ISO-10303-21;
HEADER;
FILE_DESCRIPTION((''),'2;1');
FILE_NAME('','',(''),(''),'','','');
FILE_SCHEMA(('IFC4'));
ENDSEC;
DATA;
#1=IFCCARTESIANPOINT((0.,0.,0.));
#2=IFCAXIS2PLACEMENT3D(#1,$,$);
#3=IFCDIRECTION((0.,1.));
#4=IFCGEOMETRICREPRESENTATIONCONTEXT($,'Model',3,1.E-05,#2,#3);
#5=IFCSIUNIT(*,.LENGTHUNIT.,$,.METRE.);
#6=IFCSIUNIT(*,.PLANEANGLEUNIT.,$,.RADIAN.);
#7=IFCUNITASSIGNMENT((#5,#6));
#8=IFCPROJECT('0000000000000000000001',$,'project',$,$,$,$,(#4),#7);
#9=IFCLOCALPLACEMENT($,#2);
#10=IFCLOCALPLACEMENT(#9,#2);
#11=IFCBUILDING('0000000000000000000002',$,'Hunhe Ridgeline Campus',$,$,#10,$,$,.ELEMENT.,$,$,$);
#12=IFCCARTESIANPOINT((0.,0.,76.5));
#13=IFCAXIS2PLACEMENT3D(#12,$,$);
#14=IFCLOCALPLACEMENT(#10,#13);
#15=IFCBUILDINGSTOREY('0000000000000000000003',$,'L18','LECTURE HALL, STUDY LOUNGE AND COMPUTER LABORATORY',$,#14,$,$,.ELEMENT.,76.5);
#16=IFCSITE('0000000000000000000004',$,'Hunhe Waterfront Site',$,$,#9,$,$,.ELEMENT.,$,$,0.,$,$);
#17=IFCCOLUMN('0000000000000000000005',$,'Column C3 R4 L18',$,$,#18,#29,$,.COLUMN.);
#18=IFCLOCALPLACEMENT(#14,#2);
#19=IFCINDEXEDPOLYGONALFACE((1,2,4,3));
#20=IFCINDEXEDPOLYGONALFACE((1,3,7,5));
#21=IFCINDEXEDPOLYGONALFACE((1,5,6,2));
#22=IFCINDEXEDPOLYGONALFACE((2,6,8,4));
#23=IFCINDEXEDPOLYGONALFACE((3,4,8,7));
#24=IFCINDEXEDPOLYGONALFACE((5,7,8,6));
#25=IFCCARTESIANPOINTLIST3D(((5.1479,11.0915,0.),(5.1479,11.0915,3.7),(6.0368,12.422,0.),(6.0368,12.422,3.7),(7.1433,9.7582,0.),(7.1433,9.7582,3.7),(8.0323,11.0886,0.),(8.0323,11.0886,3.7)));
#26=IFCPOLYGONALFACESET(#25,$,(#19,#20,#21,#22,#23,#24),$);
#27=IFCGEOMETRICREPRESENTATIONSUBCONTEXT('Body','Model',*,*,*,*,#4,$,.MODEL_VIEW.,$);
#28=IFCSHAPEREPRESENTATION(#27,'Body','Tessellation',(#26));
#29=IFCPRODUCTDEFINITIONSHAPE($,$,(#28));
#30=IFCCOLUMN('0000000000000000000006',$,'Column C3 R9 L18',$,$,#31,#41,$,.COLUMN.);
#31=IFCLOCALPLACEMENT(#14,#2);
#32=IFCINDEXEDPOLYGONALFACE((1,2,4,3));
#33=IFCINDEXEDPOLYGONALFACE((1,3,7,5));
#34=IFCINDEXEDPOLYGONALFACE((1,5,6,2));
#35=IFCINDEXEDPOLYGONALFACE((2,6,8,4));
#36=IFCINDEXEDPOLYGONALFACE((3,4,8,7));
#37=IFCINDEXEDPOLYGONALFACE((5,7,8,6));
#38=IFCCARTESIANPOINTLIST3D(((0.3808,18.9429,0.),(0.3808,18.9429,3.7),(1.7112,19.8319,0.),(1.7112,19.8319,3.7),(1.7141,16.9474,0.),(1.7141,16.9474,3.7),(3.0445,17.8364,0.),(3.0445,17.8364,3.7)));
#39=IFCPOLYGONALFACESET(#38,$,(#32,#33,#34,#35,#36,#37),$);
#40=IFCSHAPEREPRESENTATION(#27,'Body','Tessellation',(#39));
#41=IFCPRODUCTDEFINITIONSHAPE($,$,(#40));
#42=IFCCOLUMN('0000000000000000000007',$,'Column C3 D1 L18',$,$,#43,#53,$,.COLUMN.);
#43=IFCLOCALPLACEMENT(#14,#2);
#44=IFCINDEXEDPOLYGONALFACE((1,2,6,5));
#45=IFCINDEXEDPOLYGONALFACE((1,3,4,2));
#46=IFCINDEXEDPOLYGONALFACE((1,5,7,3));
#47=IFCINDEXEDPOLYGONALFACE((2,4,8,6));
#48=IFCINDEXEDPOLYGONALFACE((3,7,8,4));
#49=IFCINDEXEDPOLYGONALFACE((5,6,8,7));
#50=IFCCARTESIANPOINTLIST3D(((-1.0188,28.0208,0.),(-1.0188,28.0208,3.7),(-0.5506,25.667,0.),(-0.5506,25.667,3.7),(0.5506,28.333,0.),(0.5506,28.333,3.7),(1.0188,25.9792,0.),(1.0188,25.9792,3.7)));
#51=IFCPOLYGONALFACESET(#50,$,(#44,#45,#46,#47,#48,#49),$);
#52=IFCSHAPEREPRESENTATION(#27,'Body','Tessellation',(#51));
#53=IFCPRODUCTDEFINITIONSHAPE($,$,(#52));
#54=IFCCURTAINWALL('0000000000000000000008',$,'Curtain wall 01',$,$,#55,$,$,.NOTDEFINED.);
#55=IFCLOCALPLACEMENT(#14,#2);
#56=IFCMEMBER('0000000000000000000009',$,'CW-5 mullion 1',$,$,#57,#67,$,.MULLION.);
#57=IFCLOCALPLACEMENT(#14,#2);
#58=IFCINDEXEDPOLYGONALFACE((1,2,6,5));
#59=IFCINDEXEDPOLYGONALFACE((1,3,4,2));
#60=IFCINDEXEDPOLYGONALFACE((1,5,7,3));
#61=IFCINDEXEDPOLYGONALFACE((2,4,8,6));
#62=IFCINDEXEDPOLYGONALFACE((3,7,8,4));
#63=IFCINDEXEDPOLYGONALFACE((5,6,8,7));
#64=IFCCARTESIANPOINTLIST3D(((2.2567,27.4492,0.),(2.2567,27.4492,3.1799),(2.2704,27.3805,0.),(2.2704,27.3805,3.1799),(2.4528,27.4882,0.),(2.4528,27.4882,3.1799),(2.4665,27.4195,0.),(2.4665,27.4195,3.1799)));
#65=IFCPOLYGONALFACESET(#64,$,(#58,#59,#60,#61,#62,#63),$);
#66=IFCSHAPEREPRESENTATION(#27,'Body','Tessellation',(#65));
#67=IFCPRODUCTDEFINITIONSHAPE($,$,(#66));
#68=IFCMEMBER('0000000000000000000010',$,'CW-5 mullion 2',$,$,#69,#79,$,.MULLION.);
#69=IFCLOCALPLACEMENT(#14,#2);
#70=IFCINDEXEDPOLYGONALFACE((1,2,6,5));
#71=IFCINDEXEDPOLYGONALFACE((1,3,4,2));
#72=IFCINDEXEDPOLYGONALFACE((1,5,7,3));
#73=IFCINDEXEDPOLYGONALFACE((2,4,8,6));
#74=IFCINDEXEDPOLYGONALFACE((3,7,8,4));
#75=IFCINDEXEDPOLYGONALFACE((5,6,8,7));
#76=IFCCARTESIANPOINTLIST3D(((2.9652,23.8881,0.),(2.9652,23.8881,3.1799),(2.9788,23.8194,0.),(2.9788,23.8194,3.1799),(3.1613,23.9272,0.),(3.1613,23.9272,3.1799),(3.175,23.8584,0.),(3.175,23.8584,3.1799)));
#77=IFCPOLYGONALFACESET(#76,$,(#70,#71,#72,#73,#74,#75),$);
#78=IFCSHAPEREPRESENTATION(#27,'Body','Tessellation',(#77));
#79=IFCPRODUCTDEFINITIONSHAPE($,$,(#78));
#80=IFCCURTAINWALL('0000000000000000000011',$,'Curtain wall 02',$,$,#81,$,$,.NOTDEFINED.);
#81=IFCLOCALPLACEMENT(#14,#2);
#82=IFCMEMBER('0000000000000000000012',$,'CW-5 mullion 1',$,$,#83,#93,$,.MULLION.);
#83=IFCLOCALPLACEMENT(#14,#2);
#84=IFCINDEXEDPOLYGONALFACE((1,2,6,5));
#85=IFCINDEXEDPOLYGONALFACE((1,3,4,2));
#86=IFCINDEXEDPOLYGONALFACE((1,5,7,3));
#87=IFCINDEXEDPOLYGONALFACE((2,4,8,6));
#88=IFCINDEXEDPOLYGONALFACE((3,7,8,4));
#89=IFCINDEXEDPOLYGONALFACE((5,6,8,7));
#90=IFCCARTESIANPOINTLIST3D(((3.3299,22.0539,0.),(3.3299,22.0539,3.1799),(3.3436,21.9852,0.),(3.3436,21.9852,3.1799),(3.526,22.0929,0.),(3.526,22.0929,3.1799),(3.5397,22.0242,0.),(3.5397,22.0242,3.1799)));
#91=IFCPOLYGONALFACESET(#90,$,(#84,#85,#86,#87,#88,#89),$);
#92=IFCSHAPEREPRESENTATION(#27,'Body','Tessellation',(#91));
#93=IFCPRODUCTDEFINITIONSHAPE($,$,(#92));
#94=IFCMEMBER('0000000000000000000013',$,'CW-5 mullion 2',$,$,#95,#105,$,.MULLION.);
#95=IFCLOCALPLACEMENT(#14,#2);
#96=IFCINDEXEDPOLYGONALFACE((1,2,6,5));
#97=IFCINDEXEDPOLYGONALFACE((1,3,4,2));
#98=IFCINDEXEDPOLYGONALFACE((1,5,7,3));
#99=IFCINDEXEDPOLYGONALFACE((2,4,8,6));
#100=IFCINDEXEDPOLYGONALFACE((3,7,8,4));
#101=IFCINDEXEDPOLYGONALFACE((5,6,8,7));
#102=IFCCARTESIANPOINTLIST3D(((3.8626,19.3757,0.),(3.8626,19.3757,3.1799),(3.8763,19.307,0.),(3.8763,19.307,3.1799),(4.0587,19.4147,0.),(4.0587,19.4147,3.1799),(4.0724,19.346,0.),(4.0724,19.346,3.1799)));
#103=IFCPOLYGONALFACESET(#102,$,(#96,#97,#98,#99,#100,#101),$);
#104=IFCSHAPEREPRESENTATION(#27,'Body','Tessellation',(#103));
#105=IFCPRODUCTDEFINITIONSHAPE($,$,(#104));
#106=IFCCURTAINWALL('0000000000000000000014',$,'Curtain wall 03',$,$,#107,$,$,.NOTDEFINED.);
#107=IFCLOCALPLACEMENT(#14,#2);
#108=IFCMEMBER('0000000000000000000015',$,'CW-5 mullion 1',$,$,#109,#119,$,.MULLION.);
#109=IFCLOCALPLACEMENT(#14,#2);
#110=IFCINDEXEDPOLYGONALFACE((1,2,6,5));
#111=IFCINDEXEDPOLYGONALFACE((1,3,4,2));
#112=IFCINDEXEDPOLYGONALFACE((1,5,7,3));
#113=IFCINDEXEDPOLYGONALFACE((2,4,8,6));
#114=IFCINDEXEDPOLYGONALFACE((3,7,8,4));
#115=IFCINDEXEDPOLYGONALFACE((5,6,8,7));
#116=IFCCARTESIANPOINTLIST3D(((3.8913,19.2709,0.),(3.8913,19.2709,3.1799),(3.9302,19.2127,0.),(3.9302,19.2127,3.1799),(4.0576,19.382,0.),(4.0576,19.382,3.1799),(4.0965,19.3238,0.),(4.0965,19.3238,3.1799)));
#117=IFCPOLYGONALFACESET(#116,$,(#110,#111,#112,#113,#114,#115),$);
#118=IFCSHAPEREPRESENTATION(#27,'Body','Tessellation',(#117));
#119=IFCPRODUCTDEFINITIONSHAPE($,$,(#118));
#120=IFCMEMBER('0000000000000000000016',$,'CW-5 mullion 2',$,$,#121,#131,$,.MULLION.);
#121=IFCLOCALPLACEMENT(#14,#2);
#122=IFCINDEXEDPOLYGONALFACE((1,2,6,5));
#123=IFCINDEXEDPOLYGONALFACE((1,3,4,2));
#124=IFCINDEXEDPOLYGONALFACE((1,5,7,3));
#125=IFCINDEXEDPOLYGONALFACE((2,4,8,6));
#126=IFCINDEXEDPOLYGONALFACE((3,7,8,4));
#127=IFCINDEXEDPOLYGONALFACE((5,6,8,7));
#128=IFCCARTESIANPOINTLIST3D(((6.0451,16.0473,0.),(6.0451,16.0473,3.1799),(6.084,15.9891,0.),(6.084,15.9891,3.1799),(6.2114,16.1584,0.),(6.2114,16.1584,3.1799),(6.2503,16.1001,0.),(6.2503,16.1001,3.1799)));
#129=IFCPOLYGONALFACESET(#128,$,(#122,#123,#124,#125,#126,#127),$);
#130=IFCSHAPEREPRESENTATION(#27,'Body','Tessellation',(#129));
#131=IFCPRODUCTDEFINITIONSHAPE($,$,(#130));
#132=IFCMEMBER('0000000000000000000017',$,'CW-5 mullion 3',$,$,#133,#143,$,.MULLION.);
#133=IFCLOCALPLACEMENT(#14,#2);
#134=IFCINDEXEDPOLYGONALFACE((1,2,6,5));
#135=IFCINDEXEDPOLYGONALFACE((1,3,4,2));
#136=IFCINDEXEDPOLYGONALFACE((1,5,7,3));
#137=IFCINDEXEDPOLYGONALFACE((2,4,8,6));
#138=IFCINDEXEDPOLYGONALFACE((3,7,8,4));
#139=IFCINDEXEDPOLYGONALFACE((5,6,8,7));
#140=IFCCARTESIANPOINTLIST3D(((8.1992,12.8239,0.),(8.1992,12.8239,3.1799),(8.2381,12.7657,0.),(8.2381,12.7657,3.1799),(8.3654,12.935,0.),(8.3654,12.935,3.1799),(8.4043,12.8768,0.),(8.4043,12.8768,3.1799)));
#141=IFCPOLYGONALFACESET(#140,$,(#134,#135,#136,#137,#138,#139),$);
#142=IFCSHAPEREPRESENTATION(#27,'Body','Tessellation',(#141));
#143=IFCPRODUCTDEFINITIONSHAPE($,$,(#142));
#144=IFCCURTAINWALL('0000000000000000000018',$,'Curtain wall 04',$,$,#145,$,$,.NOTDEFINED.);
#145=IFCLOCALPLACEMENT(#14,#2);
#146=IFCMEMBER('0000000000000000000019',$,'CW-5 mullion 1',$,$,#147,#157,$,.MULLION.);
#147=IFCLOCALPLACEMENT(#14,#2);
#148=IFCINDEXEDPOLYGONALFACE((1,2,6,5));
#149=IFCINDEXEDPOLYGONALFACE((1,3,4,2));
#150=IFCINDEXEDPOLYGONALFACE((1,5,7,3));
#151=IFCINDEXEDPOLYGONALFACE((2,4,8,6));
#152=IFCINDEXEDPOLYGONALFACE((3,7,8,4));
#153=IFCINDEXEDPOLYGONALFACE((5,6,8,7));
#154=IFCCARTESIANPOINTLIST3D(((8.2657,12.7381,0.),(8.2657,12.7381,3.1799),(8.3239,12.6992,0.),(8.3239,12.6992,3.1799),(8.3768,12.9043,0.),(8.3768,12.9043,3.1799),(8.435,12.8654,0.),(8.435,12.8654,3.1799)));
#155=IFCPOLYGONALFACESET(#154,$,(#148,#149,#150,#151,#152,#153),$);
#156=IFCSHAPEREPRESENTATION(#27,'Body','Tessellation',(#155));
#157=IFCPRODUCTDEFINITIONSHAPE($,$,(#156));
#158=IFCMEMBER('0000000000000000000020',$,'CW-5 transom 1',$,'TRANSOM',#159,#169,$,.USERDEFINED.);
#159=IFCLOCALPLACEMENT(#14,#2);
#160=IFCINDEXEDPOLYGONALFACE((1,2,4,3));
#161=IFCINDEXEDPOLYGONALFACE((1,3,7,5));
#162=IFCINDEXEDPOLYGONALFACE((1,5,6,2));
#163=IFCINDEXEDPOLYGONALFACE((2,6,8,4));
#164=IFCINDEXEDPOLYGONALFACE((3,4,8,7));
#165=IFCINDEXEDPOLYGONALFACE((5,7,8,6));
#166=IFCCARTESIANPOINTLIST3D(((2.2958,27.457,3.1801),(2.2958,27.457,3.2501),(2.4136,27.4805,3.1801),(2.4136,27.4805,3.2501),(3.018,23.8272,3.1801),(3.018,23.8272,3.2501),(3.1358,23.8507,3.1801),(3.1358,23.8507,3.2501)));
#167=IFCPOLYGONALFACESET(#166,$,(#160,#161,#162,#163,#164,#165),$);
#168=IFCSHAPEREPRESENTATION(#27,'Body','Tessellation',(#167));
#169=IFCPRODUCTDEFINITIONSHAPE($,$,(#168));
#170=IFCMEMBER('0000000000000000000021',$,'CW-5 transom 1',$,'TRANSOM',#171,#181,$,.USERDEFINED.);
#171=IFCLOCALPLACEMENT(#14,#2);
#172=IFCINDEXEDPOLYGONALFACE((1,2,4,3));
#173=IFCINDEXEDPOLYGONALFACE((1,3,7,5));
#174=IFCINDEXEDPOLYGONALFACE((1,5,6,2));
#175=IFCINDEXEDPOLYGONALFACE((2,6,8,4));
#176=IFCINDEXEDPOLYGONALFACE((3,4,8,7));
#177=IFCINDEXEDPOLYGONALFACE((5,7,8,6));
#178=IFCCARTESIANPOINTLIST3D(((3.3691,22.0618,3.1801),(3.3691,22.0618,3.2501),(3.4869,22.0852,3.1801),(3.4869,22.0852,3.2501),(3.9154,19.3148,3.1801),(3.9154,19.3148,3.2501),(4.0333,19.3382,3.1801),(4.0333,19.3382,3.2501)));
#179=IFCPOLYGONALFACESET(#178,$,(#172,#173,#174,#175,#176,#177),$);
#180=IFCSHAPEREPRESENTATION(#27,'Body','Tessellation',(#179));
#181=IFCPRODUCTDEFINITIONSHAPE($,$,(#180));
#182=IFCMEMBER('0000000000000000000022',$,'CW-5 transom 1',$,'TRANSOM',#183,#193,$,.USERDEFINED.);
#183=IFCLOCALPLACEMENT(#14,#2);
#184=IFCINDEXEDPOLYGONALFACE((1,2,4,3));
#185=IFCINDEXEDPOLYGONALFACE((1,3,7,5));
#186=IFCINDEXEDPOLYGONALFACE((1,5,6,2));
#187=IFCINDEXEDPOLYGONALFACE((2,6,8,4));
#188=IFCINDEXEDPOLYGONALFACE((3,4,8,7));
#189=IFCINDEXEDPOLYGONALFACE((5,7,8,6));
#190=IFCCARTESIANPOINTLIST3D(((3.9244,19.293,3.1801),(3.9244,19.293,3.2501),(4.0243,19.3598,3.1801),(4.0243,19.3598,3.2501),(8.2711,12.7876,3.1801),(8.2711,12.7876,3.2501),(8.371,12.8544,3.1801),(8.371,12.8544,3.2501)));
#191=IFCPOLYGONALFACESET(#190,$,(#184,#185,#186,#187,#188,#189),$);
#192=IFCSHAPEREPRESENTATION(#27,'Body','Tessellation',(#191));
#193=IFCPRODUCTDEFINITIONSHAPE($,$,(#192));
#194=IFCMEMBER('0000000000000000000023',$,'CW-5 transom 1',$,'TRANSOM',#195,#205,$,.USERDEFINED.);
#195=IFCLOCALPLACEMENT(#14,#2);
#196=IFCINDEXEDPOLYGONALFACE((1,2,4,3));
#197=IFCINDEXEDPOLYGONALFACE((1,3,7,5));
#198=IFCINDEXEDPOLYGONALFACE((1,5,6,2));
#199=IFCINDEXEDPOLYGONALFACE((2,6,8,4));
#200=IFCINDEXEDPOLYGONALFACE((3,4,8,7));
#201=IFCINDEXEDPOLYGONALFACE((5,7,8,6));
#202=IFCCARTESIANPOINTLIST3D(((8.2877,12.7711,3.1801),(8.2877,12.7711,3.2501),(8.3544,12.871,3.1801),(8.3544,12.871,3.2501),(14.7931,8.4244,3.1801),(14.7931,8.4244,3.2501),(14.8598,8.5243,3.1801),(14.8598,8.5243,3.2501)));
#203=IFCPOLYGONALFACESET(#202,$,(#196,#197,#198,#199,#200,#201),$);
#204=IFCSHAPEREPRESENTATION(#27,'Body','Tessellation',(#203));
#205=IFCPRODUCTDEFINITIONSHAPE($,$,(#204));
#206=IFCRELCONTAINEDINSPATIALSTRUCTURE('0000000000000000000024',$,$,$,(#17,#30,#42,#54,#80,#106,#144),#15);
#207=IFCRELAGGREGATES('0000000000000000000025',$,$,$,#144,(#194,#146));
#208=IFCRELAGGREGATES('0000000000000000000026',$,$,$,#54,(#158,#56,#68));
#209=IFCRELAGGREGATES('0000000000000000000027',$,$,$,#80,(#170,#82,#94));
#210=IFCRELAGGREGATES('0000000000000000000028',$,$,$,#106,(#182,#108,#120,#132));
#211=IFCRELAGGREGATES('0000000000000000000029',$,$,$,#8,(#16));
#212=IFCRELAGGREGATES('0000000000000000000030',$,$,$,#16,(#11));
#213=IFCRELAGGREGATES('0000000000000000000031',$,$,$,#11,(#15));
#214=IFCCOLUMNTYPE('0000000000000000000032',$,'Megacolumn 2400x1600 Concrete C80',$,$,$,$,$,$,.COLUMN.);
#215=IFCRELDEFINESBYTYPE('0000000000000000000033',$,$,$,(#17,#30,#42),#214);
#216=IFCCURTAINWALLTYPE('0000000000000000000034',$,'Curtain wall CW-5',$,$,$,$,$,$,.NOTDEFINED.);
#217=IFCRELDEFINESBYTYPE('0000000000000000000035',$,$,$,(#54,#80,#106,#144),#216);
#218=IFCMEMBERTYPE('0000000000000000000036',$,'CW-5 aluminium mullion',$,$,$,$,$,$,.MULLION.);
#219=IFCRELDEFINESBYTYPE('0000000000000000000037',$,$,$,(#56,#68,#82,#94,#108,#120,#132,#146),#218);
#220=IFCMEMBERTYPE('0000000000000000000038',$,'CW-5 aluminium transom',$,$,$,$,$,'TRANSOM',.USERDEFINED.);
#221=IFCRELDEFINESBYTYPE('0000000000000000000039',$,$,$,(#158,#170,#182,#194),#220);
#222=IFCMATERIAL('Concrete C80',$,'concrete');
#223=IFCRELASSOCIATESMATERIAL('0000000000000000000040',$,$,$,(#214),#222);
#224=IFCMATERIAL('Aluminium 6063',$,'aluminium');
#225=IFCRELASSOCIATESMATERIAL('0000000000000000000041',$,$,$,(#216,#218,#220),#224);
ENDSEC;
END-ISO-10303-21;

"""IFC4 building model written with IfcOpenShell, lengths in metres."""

from ifc_helpers import new_model, si_unit, direction, frame, origin, origin_2d, place, context, subcontext, project, spatial, rectangle, extrude, material, material_profile, profile_set, type_object, element, aggregate, save


model = new_model("IFC4")

# Units and contexts
model_context = context("Model", 3, precision=1e-05, world=origin(), true_north=direction((0.0, 1.0)))
body_context = subcontext(model_context, "Body", "Model", "MODEL_VIEW")
ifc_project = project(units=[si_unit("LENGTHUNIT", "METRE"), si_unit("PLANEANGLEUNIT", "RADIAN")], contexts=[model_context])

# Site, building, storey
site_placement = place(None, origin())
site = spatial("IfcSite", under=ifc_project, at=site_placement, Name="Hunhe Waterfront Site", CompositionType="ELEMENT", RefElevation=0.0)
building_placement = place(site_placement, origin())
building = spatial("IfcBuilding", under=site, at=building_placement, Name="Hunhe Ridgeline Campus", CompositionType="ELEMENT")
storey_placement = place(building_placement, frame((0.0, 0.0, 76.5)))
storey = spatial("IfcBuildingStorey", under=building, at=storey_placement, Name="L18", Description="LECTURE HALL, STUDY LOUNGE AND COMPUTER LABORATORY", CompositionType="ELEMENT", Elevation=76.5)

# Columns
ifc_material_1 = material(Name="Concrete C80", Category="concrete")
ifc_material_profile_1 = material_profile(ifc_material_1, rectangle(XDim=2.3999, YDim=1.6001, at=origin_2d()))
ifc_profile_set_1 = profile_set([ifc_material_profile_1], Name="Concrete C80")
column_type = type_object("IfcColumnType", Name="Megacolumn 2400x1600 Concrete C80", PredefinedType="COLUMN", material=ifc_profile_set_1)
for number, where, z_axis, x_axis, name in (
    (1, (6.5901, 11.0901, 0.0), (0.0, 0.0, 1.0), (-0.83147, 0.55557, 0.0), "Column C3 R4 L18"),
    (2, (1.7126, 18.3896, 0.0), (0.0, 0.0, 1.0), (-0.55557, 0.83147, 0.0), "Column C3 R9 L18"),
    (3, (0.0, 27.0, 0.0), (0.0, 0.0, 1.0), (-0.19509, 0.980785, 0.0), "Column C3 D1 L18"),
):
    element("IfcColumn", number, at=place(storey_placement, frame(where, z_axis=z_axis, x_axis=x_axis)), inside=storey, type_object=column_type, Name=name, PredefinedType="COLUMN", context=body_context, shape_type="SweptSolid", body=[
        extrude(rectangle(XDim=2.3999, YDim=1.6001, at=origin_2d()), origin(), (0.0, 0.0, 1.0), 3.7),
    ])

# Curtain walls, members
ifc_material_2 = material(Name="Aluminium 6063", Category="aluminium")
curtain_wall_type = type_object("IfcCurtainWallType", Name="Curtain wall CW-5", PredefinedType="NOTDEFINED", material=ifc_material_2)
curtain_wall_1_placement = place(storey_placement, origin())
curtain_wall_1 = element("IfcCurtainWall", 4, at=curtain_wall_1_placement, inside=storey, type_object=curtain_wall_type, Name="Curtain wall 01", PredefinedType="NOTDEFINED")
ifc_material_profile_2 = material_profile(ifc_material_2, rectangle(XDim=0.2, YDim=0.0701, at=origin_2d()))
ifc_profile_set_2 = profile_set([ifc_material_profile_2], Name="Aluminium 6063")
member_type_1 = type_object("IfcMemberType", Name="CW-5 aluminium mullion", PredefinedType="MULLION", material=ifc_profile_set_2)
member_1_placement = place(storey_placement, frame((2.3616, 27.4343, 0.0), z_axis=(0.0, 0.0, 1.0), x_axis=(0.980784, 0.195095, 0.0)))
member_1 = element("IfcMember", 5, at=member_1_placement, type_object=member_type_1, Name="CW-5 mullion 1", PredefinedType="MULLION", context=body_context, shape_type="SweptSolid", body=[
    extrude(rectangle(XDim=0.2, YDim=0.0701, at=origin_2d()), origin(), (0.0, 0.0, 1.0), 3.1799),
])
member_2_placement = place(storey_placement, frame((3.0701, 23.8733, 0.0), z_axis=(0.0, 0.0, 1.0), x_axis=(0.980784, 0.195095, 0.0)))
member_2 = element("IfcMember", 6, at=member_2_placement, type_object=member_type_1, Name="CW-5 mullion 2", PredefinedType="MULLION", context=body_context, shape_type="SweptSolid", body=[
    extrude(rectangle(XDim=0.2, YDim=0.0701, at=origin_2d()), origin(), (0.0, 0.0, 1.0), 3.1799),
])
curtain_wall_2_placement = place(storey_placement, origin())
curtain_wall_2 = element("IfcCurtainWall", 7, at=curtain_wall_2_placement, inside=storey, type_object=curtain_wall_type, Name="Curtain wall 02", PredefinedType="NOTDEFINED")
member_3_placement = place(storey_placement, frame((3.4348, 22.0391, 0.0), z_axis=(0.0, 0.0, 1.0), x_axis=(0.980784, 0.195095, 0.0)))
member_3 = element("IfcMember", 8, at=member_3_placement, type_object=member_type_1, Name="CW-5 mullion 1", PredefinedType="MULLION", context=body_context, shape_type="SweptSolid", body=[
    extrude(rectangle(XDim=0.2, YDim=0.0701, at=origin_2d()), origin(), (0.0, 0.0, 1.0), 3.1799),
])
member_4_placement = place(storey_placement, frame((3.9675, 19.3608, 0.0), z_axis=(0.0, 0.0, 1.0), x_axis=(0.980784, 0.195095, 0.0)))
member_4 = element("IfcMember", 9, at=member_4_placement, type_object=member_type_1, Name="CW-5 mullion 2", PredefinedType="MULLION", context=body_context, shape_type="SweptSolid", body=[
    extrude(rectangle(XDim=0.2, YDim=0.0701, at=origin_2d()), origin(), (0.0, 0.0, 1.0), 3.1799),
])
curtain_wall_3_placement = place(storey_placement, origin())
curtain_wall_3 = element("IfcCurtainWall", 10, at=curtain_wall_3_placement, inside=storey, type_object=curtain_wall_type, Name="Curtain wall 03", PredefinedType="NOTDEFINED")
member_5_placement = place(storey_placement, frame((3.9939, 19.2974, 0.0), z_axis=(0.0, 0.0, 1.0), x_axis=(0.83147, 0.55557, 0.0)))
member_5 = element("IfcMember", 11, at=member_5_placement, type_object=member_type_1, Name="CW-5 mullion 1", PredefinedType="MULLION", context=body_context, shape_type="SweptSolid", body=[
    extrude(rectangle(XDim=0.2, YDim=0.0701, at=origin_2d()), origin(), (0.0, 0.0, 1.0), 3.1799),
])
member_6_placement = place(storey_placement, frame((6.1477, 16.0737, 0.0), z_axis=(0.0, 0.0, 1.0), x_axis=(0.83147, 0.55557, 0.0)))
member_6 = element("IfcMember", 12, at=member_6_placement, type_object=member_type_1, Name="CW-5 mullion 2", PredefinedType="MULLION", context=body_context, shape_type="SweptSolid", body=[
    extrude(rectangle(XDim=0.2, YDim=0.0701, at=origin_2d()), origin(), (0.0, 0.0, 1.0), 3.1799),
])
member_7_placement = place(storey_placement, frame((8.3018, 12.8503, 0.0), z_axis=(0.0, 0.0, 1.0), x_axis=(0.83147, 0.55557, 0.0)))
member_7 = element("IfcMember", 13, at=member_7_placement, type_object=member_type_1, Name="CW-5 mullion 3", PredefinedType="MULLION", context=body_context, shape_type="SweptSolid", body=[
    extrude(rectangle(XDim=0.2, YDim=0.0701, at=origin_2d()), origin(), (0.0, 0.0, 1.0), 3.1799),
])

# Curtain wall, member
curtain_wall_4_placement = place(storey_placement, origin())
curtain_wall_4 = element("IfcCurtainWall", 14, at=curtain_wall_4_placement, inside=storey, type_object=curtain_wall_type, Name="Curtain wall 04", PredefinedType="NOTDEFINED")
member_8_placement = place(storey_placement, frame((8.3503, 12.8018, 0.0), z_axis=(0.0, 0.0, 1.0), x_axis=(0.55557, 0.83147, 0.0)))
member_8 = element("IfcMember", 15, at=member_8_placement, type_object=member_type_1, Name="CW-5 mullion 1", PredefinedType="MULLION", context=body_context, shape_type="SweptSolid", body=[
    extrude(rectangle(XDim=0.2, YDim=0.0701, at=origin_2d()), origin(), (0.0, 0.0, 1.0), 3.1799),
])

# Members
ifc_material_profile_3 = material_profile(ifc_material_2, rectangle(XDim=0.1201, YDim=0.0701, at=origin_2d()))
ifc_profile_set_3 = profile_set([ifc_material_profile_3], Name="Aluminium 6063")
member_type_2 = type_object("IfcMemberType", Name="CW-5 aluminium transom", ElementType="TRANSOM", PredefinedType="USERDEFINED", material=ifc_profile_set_3)
member_9_placement = place(storey_placement, frame((2.3547, 27.4688, 3.2151), z_axis=(0.195127, -0.980778, 0.0), x_axis=(0.980778, 0.195127, 0.0)))
member_9 = element("IfcMember", 16, at=member_9_placement, type_object=member_type_2, Name="CW-5 transom 1", ObjectType="TRANSOM", PredefinedType="USERDEFINED", context=body_context, shape_type="SweptSolid", body=[
    extrude(rectangle(XDim=0.1201, YDim=0.0701, at=origin_2d()), origin(), (0.0, 0.0, 1.0), 3.7009),
])
member_10_placement = place(storey_placement, frame((3.428, 22.0735, 3.2151), z_axis=(0.195077, -0.980788, 0.0), x_axis=(0.980788, 0.195077, 0.0)))
member_10 = element("IfcMember", 17, at=member_10_placement, type_object=member_type_2, Name="CW-5 transom 1", ObjectType="TRANSOM", PredefinedType="USERDEFINED", context=body_context, shape_type="SweptSolid", body=[
    extrude(rectangle(XDim=0.1201, YDim=0.0701, at=origin_2d()), origin(), (0.0, 0.0, 1.0), 2.8008),
])
member_11_placement = place(storey_placement, frame((3.9744, 19.3264, 3.2151), z_axis=(0.555564, -0.831474, 0.0), x_axis=(0.831474, 0.555564, 0.0)))
member_11 = element("IfcMember", 18, at=member_11_placement, type_object=member_type_2, Name="CW-5 transom 1", ObjectType="TRANSOM", PredefinedType="USERDEFINED", context=body_context, shape_type="SweptSolid", body=[
    extrude(rectangle(XDim=0.1201, YDim=0.0701, at=origin_2d()), origin(), (0.0, 0.0, 1.0), 7.824),
])
member_12_placement = place(storey_placement, frame((8.321, 12.821, 3.2151), z_axis=(0.831474, -0.555564, 0.0), x_axis=(0.555564, 0.831474, 0.0)))
member_12 = element("IfcMember", 19, at=member_12_placement, type_object=member_type_2, Name="CW-5 transom 1", ObjectType="TRANSOM", PredefinedType="USERDEFINED", context=body_context, shape_type="SweptSolid", body=[
    extrude(rectangle(XDim=0.1201, YDim=0.0701, at=origin_2d()), origin(), (0.0, 0.0, 1.0), 7.824),
])
aggregate(curtain_wall_4, [member_12, member_8])

aggregate(curtain_wall_1, [member_9, member_1, member_2])
aggregate(curtain_wall_2, [member_10, member_3, member_4])
aggregate(curtain_wall_3, [member_11, member_5, member_6, member_7])

save(model, "model.ifc")
